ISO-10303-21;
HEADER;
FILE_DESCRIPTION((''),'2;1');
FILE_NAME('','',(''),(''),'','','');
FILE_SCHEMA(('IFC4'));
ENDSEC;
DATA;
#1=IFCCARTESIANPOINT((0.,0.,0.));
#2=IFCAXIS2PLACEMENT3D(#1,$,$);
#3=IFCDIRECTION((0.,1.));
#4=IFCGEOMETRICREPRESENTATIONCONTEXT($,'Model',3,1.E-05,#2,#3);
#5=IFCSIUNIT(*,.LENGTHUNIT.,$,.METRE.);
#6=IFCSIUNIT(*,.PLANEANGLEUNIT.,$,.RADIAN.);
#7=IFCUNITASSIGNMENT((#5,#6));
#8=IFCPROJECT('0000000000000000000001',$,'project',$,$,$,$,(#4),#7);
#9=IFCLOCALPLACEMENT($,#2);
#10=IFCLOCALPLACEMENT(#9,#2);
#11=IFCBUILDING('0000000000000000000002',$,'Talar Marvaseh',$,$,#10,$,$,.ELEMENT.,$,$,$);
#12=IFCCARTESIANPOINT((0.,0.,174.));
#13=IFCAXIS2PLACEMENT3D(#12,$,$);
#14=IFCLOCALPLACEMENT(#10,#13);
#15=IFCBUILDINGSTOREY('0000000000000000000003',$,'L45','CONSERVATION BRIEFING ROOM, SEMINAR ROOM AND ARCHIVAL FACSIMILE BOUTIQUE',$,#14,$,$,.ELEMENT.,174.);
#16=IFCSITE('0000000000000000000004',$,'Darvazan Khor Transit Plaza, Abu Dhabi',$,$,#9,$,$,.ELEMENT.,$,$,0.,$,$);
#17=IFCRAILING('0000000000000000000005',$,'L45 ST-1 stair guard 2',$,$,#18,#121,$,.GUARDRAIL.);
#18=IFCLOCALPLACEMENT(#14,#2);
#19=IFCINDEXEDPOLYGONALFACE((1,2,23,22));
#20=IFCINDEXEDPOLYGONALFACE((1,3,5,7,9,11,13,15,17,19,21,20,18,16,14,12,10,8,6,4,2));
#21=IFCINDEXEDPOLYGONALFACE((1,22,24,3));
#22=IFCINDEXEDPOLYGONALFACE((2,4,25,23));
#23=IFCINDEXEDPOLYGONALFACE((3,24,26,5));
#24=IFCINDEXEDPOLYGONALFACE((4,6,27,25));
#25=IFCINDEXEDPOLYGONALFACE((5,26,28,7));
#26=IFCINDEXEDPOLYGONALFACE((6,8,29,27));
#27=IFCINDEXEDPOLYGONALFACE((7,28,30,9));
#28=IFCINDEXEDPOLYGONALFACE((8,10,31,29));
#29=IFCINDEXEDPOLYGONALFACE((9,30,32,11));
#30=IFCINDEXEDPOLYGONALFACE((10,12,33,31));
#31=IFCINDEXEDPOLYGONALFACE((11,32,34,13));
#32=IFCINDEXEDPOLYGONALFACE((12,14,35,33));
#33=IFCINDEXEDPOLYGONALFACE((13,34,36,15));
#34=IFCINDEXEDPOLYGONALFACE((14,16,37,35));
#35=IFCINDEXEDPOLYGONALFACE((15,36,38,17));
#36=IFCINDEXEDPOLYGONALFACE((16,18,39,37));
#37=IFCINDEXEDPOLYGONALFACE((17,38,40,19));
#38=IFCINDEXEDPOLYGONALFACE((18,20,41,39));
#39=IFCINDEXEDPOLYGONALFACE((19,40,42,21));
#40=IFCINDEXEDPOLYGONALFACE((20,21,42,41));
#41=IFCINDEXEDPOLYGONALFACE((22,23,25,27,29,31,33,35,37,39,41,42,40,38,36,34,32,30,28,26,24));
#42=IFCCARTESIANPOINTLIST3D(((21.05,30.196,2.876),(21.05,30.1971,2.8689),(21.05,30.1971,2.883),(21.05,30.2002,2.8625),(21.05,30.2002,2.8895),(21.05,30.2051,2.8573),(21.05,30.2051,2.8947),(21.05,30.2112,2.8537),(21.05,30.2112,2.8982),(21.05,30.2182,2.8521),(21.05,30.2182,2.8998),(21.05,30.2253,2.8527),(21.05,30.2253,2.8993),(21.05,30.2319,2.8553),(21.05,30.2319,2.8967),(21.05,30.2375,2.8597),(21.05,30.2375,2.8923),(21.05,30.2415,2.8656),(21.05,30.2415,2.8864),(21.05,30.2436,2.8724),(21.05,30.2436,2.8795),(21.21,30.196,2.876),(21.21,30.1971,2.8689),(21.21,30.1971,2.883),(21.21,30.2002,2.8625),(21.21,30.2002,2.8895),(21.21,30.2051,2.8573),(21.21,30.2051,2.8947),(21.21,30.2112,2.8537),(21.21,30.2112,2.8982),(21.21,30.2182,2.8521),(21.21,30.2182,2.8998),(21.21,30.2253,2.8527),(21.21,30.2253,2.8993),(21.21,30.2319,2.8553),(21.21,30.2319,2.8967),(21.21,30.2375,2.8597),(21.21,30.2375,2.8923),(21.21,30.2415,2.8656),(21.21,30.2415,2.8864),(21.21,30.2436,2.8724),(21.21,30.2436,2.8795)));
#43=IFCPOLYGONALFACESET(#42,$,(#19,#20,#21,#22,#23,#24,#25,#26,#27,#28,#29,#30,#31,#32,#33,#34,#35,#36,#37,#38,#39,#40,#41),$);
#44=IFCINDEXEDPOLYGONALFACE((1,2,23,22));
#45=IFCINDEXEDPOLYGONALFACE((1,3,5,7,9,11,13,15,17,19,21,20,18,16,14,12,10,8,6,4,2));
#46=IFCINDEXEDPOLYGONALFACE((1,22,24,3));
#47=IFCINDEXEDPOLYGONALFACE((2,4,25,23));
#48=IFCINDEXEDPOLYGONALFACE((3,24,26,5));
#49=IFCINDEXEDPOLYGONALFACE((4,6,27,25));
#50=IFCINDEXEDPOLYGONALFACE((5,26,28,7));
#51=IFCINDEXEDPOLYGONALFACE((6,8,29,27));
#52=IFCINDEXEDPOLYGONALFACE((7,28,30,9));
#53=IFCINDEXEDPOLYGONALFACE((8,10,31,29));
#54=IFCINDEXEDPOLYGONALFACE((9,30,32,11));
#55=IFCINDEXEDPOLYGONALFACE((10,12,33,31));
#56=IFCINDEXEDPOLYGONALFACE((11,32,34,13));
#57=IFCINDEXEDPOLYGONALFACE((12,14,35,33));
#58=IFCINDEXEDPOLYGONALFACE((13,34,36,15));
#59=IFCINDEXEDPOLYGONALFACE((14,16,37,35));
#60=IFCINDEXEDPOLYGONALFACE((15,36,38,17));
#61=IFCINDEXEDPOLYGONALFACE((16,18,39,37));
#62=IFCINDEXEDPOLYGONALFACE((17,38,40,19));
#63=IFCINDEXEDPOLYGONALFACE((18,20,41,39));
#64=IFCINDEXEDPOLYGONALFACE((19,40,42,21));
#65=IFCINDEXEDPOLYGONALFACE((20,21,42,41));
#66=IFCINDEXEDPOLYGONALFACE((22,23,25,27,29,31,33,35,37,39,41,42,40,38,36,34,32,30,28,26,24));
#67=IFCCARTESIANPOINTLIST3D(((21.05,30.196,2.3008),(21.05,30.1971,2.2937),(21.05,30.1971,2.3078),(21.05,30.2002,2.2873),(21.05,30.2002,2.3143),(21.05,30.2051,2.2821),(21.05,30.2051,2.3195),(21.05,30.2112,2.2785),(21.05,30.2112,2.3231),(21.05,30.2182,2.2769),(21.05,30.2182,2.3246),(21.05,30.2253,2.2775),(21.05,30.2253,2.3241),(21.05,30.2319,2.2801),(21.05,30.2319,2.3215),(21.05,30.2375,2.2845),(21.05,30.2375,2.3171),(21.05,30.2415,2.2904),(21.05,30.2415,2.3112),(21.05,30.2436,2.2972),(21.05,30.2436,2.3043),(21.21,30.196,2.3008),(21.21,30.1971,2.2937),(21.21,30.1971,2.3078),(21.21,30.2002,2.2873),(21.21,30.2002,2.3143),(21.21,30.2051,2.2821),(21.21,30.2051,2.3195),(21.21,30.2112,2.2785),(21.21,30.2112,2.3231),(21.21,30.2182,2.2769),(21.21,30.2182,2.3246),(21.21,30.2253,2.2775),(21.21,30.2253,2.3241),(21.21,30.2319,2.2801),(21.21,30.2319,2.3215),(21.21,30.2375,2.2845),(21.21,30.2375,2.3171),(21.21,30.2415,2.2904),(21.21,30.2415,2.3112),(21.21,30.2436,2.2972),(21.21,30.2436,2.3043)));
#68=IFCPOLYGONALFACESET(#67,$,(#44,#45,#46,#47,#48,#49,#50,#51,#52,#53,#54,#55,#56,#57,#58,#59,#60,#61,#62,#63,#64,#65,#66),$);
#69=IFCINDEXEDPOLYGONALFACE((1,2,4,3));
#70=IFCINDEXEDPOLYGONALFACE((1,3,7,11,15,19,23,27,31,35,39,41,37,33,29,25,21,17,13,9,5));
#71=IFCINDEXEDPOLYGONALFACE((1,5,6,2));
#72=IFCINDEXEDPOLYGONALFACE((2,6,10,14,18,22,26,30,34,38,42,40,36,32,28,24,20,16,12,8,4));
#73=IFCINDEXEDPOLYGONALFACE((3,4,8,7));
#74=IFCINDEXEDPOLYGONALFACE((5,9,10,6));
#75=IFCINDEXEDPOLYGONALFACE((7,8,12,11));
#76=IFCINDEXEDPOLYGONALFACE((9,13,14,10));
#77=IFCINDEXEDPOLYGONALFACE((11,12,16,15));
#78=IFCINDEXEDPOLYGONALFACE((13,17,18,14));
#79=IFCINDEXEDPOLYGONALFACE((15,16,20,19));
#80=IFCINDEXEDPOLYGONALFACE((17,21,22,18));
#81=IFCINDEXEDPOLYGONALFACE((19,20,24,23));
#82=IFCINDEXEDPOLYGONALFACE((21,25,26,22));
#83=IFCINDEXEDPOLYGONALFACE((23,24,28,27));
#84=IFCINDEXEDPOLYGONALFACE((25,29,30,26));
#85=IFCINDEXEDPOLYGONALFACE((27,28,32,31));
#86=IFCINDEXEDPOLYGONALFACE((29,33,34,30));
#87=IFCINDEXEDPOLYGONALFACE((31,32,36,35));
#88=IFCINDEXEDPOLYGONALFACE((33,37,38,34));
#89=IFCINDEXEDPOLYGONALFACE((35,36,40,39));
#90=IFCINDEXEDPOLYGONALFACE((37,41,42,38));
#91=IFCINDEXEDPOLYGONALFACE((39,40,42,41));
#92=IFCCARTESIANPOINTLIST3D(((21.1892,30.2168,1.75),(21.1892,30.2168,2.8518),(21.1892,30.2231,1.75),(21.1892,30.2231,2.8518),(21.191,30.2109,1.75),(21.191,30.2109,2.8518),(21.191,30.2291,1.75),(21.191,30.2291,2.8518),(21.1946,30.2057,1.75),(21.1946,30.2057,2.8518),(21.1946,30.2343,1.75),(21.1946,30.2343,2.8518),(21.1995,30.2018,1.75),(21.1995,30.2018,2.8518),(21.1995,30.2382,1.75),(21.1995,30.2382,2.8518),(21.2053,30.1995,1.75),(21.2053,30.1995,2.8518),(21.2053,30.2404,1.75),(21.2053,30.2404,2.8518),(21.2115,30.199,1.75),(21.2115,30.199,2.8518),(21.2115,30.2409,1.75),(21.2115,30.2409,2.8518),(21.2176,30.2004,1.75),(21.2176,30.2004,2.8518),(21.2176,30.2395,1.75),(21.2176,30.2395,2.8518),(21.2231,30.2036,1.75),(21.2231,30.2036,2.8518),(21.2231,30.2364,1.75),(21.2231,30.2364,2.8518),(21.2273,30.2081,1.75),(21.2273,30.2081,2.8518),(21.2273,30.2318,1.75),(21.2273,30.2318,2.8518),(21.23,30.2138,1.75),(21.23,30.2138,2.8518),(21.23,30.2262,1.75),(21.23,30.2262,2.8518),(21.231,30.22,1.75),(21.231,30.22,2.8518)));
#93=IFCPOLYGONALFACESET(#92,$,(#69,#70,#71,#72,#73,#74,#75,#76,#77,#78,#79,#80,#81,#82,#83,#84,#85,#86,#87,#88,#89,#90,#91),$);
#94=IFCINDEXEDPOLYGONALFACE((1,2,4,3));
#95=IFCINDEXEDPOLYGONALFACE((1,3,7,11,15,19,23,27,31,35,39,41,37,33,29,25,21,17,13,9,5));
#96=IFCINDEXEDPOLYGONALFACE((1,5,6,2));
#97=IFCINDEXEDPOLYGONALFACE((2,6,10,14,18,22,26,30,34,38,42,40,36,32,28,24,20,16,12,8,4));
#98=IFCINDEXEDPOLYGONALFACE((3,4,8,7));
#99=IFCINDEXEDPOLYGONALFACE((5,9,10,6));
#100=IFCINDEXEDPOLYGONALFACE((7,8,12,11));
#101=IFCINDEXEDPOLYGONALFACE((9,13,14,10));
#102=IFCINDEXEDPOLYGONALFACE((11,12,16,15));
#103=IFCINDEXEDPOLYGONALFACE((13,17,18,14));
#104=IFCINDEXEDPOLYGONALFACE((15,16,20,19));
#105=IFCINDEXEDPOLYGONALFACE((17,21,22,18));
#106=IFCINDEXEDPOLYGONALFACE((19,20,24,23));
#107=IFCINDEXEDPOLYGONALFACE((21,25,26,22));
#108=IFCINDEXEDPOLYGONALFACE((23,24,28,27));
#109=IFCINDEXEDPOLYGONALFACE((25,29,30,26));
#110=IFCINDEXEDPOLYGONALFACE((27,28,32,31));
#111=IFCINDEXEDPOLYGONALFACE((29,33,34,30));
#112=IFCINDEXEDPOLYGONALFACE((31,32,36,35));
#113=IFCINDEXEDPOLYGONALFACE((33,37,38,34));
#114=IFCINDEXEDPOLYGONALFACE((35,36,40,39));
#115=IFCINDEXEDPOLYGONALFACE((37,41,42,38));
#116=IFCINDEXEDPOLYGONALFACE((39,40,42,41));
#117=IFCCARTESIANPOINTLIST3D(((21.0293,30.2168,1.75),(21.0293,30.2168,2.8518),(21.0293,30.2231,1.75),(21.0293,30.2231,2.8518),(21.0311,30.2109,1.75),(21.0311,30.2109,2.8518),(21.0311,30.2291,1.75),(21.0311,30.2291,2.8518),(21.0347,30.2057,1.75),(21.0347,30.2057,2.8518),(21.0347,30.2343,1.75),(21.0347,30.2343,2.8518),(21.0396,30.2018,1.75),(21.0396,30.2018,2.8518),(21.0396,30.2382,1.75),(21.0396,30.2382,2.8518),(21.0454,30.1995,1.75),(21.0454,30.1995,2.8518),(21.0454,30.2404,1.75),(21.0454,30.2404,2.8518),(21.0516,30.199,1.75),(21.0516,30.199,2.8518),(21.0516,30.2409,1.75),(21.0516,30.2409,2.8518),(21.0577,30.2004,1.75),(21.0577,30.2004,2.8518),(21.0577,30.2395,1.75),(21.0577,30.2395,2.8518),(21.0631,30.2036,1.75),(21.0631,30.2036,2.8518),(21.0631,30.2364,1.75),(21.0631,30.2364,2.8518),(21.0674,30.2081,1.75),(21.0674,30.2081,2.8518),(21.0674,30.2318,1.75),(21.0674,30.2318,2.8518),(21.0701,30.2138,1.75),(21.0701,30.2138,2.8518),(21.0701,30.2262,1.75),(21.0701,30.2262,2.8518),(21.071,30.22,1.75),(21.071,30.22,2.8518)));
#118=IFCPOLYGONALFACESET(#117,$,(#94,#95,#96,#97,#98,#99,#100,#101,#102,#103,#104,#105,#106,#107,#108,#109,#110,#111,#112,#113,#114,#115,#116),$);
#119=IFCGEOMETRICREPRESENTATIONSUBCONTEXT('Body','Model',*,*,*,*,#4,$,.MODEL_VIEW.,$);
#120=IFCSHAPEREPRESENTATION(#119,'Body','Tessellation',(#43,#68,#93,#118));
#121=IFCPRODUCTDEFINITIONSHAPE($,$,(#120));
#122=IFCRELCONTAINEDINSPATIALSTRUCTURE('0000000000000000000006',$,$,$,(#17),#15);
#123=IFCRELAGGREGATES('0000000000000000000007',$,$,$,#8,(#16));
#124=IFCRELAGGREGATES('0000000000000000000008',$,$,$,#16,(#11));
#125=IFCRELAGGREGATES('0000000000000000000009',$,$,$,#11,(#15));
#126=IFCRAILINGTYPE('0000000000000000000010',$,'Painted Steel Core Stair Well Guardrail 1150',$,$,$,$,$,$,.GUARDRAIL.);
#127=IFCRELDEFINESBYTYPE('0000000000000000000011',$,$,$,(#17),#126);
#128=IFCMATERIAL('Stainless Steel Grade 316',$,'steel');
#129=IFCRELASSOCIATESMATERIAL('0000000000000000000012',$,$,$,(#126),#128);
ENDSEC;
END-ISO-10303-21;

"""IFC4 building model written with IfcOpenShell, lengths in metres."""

from ifc_helpers import new_model, si_unit, direction, frame, origin, origin_2d, place, context, subcontext, project, spatial, circle, extrude, material, type_object, element, save


model = new_model("IFC4")

# Units and contexts
model_context = context("Model", 3, precision=1e-05, world=origin(), true_north=direction((0.0, 1.0)))
body_context = subcontext(model_context, "Body", "Model", "MODEL_VIEW")
ifc_project = project(units=[si_unit("LENGTHUNIT", "METRE"), si_unit("PLANEANGLEUNIT", "RADIAN")], contexts=[model_context])

# Site, building, storey
site_placement = place(None, origin())
site = spatial("IfcSite", under=ifc_project, at=site_placement, Name="Darvazan Khor Transit Plaza, Abu Dhabi", CompositionType="ELEMENT", RefElevation=0.0)
building_placement = place(site_placement, origin())
building = spatial("IfcBuilding", under=site, at=building_placement, Name="Talar Marvaseh", CompositionType="ELEMENT")
storey_placement = place(building_placement, frame((0.0, 0.0, 174.0)))
storey = spatial("IfcBuildingStorey", under=building, at=storey_placement, Name="L45", Description="CONSERVATION BRIEFING ROOM, SEMINAR ROOM AND ARCHIVAL FACSIMILE BOUTIQUE", CompositionType="ELEMENT", Elevation=174.0)

# Railing
ifc_material_1 = material(Name="Stainless Steel Grade 316", Category="steel")
railing_type_1 = type_object("IfcRailingType", Name="Painted Steel Core Stair Well Guardrail 1150", PredefinedType="GUARDRAIL", material=ifc_material_1)
railing_1_placement = place(storey_placement, frame((21.21, 30.22, 1.75)))
element("IfcRailing", 1, at=railing_1_placement, inside=storey, type_object=railing_type_1, Name="L45 ST-1 stair guard 2", PredefinedType="GUARDRAIL", context=body_context, shape_type="SweptSolid", body=[
    extrude(circle(Radius=0.0239, at=origin_2d()), frame((0.0, 0.0, 1.126), z_axis=(-1.0, 0.0, 0.0), x_axis=(0.0, -1.0, 0.0)), (0.0, 0.0, 1.0), 0.1599),
    extrude(circle(Radius=0.0239, at=origin_2d()), frame((0.0, 0.0, 0.5508), z_axis=(-1.0, 0.0, 0.0), x_axis=(0.0, -1.0, 0.0)), (0.0, 0.0, 1.0), 0.1599),
    extrude(circle(Radius=0.021, at=origin_2d()), origin(), (0.0, 0.0, 1.0), 1.1018),
    extrude(circle(Radius=0.021, at=origin_2d()), frame((-0.1599, 0.0, 0.0)), (0.0, 0.0, 1.0), 1.1018),
])

save(model, "model.ifc")
